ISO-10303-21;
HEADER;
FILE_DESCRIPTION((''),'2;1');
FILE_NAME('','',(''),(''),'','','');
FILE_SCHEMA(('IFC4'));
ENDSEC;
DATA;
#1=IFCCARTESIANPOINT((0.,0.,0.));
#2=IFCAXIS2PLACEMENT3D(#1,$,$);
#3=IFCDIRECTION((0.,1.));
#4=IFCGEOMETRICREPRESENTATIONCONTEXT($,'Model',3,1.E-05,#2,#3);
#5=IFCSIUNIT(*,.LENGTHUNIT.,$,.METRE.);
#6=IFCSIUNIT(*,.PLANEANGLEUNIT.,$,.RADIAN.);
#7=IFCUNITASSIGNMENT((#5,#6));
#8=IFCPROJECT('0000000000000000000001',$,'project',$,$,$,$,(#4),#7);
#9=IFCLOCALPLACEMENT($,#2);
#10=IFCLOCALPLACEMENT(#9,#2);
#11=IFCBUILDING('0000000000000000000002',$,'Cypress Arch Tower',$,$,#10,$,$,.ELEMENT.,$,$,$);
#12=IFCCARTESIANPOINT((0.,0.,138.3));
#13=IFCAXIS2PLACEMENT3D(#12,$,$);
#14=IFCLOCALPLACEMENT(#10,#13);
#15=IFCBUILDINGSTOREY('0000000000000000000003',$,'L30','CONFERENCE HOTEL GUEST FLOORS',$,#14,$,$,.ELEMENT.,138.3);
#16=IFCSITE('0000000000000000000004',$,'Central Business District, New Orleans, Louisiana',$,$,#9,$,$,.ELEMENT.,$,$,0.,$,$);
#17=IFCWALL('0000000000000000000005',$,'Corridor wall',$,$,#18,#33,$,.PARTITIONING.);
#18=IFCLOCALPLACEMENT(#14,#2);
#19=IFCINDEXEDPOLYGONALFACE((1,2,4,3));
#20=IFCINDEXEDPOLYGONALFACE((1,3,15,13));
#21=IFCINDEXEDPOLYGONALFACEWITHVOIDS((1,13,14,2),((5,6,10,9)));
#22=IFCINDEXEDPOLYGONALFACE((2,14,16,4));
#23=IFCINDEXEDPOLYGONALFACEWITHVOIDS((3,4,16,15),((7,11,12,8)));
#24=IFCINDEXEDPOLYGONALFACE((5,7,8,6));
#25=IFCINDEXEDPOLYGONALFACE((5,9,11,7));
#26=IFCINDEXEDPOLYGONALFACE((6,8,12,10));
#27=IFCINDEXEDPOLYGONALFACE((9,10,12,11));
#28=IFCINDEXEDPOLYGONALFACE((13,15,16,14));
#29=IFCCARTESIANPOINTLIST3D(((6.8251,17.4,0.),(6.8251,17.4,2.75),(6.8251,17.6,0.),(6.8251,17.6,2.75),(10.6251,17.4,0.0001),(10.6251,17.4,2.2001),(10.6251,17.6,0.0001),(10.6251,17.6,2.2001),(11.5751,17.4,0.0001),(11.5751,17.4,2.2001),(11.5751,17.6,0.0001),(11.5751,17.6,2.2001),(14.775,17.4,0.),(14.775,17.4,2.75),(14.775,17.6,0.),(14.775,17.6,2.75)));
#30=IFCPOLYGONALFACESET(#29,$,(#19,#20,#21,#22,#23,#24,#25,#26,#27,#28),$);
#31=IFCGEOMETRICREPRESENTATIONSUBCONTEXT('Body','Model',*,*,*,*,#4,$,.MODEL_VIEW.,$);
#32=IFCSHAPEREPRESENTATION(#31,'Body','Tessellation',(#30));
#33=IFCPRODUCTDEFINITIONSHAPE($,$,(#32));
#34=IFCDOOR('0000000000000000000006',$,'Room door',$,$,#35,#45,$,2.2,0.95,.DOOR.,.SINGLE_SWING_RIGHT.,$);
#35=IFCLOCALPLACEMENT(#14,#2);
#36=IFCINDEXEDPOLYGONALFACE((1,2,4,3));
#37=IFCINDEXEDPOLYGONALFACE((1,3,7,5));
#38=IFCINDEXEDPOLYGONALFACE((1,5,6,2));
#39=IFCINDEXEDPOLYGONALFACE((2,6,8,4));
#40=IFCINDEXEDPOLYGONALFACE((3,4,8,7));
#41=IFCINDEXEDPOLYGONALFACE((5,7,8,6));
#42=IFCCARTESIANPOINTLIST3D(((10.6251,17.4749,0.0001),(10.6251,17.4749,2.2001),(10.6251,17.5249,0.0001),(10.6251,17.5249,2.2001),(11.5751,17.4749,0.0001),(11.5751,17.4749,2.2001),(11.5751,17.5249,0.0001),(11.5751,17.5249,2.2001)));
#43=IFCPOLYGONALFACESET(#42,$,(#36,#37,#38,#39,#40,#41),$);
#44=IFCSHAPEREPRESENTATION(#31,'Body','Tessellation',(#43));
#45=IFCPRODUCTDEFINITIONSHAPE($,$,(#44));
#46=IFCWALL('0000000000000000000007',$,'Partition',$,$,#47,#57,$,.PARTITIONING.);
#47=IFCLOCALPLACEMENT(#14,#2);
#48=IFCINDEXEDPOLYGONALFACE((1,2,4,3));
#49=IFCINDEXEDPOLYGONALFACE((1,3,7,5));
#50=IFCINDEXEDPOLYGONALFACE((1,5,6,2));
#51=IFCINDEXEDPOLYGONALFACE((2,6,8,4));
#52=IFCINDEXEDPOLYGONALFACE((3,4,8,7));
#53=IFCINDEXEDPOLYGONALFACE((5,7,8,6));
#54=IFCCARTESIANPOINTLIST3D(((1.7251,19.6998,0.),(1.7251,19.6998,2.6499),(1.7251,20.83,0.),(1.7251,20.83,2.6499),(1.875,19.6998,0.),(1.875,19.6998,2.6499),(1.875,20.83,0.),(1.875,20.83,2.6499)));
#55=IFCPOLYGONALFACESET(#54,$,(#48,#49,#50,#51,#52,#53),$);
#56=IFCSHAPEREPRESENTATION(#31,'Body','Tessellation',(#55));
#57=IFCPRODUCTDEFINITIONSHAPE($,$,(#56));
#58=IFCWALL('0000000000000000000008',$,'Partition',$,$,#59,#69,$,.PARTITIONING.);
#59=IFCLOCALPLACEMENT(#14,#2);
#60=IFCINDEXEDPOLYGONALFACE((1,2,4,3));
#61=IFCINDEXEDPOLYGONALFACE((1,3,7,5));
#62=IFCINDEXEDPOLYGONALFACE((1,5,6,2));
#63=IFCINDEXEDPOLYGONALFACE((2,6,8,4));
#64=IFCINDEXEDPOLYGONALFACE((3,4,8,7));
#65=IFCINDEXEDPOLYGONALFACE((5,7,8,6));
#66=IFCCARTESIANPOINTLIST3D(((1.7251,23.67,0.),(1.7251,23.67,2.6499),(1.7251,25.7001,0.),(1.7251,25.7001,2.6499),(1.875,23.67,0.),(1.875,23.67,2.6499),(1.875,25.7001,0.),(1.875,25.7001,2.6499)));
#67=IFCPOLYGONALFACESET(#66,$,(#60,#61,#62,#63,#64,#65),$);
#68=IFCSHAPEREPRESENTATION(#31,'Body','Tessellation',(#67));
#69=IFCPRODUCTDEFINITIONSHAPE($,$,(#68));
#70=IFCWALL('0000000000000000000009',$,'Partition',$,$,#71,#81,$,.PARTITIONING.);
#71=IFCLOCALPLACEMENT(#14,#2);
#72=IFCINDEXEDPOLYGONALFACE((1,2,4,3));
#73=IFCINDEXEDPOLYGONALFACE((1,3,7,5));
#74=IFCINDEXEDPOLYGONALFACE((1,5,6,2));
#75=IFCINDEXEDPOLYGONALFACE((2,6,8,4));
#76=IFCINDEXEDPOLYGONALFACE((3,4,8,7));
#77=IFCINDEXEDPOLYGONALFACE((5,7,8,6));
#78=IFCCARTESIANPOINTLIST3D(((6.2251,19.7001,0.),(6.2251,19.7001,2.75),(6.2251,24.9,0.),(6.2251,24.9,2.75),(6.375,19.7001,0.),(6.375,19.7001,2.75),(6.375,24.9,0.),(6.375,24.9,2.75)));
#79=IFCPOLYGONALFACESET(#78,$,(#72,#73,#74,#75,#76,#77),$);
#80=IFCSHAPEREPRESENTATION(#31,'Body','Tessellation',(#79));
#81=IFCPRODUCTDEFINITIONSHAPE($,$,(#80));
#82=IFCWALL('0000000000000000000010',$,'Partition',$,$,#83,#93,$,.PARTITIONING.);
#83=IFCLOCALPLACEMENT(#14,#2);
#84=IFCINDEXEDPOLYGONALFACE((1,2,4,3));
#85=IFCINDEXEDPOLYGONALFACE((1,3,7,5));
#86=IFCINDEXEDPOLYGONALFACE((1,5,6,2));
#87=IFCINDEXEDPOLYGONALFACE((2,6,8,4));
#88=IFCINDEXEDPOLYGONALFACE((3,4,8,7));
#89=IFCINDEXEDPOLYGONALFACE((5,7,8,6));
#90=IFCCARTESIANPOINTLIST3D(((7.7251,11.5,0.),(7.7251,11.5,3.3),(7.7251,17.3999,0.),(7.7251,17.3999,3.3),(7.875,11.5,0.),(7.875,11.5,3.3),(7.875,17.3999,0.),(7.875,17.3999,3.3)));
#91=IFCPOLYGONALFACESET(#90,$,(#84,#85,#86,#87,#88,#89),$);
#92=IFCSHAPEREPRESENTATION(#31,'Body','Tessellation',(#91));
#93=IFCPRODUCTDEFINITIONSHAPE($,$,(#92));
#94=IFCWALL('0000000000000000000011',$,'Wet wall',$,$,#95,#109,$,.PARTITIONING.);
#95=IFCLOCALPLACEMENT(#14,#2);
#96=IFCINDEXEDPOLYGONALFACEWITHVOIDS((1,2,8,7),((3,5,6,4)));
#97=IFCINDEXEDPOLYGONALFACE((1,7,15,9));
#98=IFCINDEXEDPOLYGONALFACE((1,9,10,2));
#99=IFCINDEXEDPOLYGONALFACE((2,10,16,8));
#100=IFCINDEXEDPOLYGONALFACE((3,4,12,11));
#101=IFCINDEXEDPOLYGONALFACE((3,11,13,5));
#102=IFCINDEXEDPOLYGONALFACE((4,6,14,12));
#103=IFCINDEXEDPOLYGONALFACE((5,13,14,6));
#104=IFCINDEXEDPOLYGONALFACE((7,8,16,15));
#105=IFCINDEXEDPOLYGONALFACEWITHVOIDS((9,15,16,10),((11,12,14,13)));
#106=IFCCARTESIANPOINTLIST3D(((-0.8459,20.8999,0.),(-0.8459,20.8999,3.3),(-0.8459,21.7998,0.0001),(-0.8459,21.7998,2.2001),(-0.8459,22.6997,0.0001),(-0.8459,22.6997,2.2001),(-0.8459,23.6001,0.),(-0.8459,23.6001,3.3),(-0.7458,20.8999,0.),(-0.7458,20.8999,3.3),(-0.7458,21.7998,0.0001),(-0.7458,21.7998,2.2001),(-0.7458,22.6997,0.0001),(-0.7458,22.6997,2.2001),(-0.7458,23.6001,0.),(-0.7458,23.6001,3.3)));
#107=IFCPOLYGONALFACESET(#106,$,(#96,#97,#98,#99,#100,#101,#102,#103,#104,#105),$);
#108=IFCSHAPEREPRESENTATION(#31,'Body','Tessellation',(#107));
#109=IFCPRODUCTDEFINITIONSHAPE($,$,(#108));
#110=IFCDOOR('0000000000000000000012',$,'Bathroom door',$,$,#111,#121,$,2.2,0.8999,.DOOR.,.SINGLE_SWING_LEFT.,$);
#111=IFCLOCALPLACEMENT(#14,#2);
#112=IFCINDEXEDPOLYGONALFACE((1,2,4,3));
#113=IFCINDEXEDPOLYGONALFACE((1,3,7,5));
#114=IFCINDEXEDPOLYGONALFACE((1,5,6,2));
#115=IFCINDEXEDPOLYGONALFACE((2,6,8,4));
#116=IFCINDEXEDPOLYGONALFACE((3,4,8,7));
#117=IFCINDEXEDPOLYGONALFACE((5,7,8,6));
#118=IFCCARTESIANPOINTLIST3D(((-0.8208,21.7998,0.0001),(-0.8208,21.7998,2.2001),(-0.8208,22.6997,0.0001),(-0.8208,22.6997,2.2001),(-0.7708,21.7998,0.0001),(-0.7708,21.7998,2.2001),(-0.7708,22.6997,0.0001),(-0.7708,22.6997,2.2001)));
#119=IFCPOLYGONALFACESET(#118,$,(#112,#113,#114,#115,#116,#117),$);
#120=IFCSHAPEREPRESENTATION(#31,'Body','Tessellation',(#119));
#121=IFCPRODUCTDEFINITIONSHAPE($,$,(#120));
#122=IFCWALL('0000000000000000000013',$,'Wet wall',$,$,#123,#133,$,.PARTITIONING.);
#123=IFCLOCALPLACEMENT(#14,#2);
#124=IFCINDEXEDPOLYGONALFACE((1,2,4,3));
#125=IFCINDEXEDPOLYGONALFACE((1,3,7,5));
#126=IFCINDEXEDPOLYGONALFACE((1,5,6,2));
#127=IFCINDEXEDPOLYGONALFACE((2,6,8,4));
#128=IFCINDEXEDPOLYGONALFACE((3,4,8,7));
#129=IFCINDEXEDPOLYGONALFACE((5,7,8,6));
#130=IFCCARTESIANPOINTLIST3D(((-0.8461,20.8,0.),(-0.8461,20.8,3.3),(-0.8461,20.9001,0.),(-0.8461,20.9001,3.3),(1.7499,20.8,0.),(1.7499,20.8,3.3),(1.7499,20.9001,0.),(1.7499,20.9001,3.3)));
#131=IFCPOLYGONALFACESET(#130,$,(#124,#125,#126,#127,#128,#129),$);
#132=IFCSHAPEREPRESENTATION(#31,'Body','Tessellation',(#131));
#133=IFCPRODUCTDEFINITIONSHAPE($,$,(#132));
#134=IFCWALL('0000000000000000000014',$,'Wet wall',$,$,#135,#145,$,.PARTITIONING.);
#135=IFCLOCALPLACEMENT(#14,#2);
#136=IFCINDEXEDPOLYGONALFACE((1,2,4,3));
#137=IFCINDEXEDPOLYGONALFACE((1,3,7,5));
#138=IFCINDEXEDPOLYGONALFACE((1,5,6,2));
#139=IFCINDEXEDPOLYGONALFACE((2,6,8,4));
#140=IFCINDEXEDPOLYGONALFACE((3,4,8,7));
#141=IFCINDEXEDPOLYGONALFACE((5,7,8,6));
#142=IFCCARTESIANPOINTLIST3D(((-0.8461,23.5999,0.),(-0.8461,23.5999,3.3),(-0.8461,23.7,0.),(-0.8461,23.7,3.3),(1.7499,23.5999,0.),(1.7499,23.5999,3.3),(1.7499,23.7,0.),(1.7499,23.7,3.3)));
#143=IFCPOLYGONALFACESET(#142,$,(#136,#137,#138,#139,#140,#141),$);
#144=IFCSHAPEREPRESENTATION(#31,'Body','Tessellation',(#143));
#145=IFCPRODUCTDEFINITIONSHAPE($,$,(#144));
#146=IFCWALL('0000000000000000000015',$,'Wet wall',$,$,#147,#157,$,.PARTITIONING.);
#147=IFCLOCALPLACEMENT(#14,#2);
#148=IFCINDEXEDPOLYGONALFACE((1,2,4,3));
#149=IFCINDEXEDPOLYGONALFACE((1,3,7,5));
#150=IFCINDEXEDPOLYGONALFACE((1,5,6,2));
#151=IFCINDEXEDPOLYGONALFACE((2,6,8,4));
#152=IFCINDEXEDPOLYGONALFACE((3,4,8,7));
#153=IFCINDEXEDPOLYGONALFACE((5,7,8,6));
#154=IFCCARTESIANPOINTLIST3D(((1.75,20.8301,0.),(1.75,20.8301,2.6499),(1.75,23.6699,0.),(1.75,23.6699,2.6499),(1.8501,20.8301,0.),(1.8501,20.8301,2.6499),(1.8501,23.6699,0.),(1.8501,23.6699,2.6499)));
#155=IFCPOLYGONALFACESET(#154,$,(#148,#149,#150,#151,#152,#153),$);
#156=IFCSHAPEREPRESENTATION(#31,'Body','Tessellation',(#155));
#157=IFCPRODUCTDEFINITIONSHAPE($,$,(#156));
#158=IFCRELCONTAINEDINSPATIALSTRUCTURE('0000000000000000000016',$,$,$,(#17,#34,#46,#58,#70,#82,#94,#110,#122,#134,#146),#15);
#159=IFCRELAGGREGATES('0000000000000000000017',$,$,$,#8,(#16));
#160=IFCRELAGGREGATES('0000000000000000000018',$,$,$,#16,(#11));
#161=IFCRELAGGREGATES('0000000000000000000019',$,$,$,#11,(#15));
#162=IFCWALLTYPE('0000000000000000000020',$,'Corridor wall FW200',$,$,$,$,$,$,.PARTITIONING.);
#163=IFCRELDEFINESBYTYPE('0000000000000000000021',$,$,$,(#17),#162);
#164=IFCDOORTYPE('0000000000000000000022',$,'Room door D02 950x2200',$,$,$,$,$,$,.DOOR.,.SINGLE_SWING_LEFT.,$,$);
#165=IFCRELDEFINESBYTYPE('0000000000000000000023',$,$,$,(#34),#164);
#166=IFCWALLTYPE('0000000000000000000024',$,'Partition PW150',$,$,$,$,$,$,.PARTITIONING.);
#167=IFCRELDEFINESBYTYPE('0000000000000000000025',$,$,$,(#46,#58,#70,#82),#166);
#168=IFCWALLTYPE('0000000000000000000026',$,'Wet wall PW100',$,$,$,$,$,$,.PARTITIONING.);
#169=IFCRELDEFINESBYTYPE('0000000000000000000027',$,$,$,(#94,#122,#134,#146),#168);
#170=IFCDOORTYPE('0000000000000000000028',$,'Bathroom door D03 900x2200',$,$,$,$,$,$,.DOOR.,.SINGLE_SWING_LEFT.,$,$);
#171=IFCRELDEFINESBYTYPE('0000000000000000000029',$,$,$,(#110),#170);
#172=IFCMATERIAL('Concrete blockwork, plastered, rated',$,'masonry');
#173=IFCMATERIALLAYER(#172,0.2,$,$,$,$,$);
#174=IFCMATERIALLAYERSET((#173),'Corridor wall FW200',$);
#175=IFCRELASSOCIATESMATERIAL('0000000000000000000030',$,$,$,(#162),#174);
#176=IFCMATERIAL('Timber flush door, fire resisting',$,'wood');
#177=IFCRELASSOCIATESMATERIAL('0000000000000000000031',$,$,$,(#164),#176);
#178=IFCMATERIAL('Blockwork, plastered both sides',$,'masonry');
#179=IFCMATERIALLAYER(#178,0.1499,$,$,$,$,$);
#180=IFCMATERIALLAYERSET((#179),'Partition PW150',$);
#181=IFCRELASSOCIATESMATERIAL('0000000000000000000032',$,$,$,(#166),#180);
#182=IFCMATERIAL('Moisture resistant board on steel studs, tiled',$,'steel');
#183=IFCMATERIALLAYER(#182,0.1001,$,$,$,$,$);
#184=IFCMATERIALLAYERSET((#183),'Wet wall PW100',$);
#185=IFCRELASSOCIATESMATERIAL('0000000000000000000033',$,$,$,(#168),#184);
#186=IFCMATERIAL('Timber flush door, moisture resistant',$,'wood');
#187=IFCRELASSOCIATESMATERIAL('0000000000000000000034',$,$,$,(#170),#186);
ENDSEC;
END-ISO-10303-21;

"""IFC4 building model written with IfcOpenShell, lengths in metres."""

from ifc_helpers import new_model, si_unit, direction, frame, frame_2d, origin, place, context, subcontext, project, spatial, rectangle, extrude, material, layer, layer_set, type_object, element, fill, save


model = new_model("IFC4")

# Units and contexts
model_context = context("Model", 3, precision=1e-05, world=origin(), true_north=direction((0.0, 1.0)))
body_context = subcontext(model_context, "Body", "Model", "MODEL_VIEW")
ifc_project = project(units=[si_unit("LENGTHUNIT", "METRE"), si_unit("PLANEANGLEUNIT", "RADIAN")], contexts=[model_context])

# Site, building, storey
site_placement = place(None, origin())
site = spatial("IfcSite", under=ifc_project, at=site_placement, Name="Central Business District, New Orleans, Louisiana", CompositionType="ELEMENT", RefElevation=0.0)
building_placement = place(site_placement, origin())
building = spatial("IfcBuilding", under=site, at=building_placement, Name="Cypress Arch Tower", CompositionType="ELEMENT")
storey_placement = place(building_placement, frame((0.0, 0.0, 138.3)))
storey = spatial("IfcBuildingStorey", under=building, at=storey_placement, Name="L30", Description="CONFERENCE HOTEL GUEST FLOORS", CompositionType="ELEMENT", Elevation=138.3)

# Shared definitions
ifc_material_1 = material(Name="Concrete blockwork, plastered, rated", Category="masonry")
ifc_layer_1 = layer(ifc_material_1, 0.2)
ifc_layer_set_1 = layer_set([ifc_layer_1], Name="Corridor wall FW200")
wall_type_1 = type_object("IfcWallType", Name="Corridor wall FW200", PredefinedType="PARTITIONING", material=ifc_layer_set_1)

# Wall, opening, door
wall_1_placement = place(storey_placement, frame((6.825, 17.5, 0.0), z_axis=(0.0, 0.0, 1.0), x_axis=(1.0, 0.0, 0.0)))
wall_1 = element("IfcWall", 1, at=wall_1_placement, inside=storey, type_object=wall_type_1, Name="Corridor wall", PredefinedType="PARTITIONING", context=body_context, shape_type="SweptSolid", body=[
    extrude(rectangle(XDim=7.95, YDim=0.2, at=frame_2d((3.9751, 0.0))), origin(), (0.0, 0.0, 1.0), 2.75),
])
opening_1_placement = place(wall_1_placement, frame((3.8, 0.0, 0.0)))
opening_1 = element("IfcOpeningElement", 2, at=opening_1_placement, cuts=wall_1, PredefinedType="OPENING", context=body_context, shape_type="SweptSolid", body=[
    extrude(rectangle(XDim=0.95, YDim=2.2, at=frame_2d((0.4751, 1.1001))), frame((0.0, 0.1099, 0.0), z_axis=(0.0, -1.0, 0.0), x_axis=(1.0, 0.0, 0.0)), (0.0, 0.0, 1.0), 0.22),
])
ifc_material_2 = material(Name="Timber flush door, fire resisting", Category="wood")
door_type_1 = type_object("IfcDoorType", Name="Room door D02 950x2200", OperationType="SINGLE_SWING_LEFT", PredefinedType="DOOR", material=ifc_material_2)
door_1_placement = place(opening_1_placement, origin())
door_1 = element("IfcDoor", 3, at=door_1_placement, inside=storey, type_object=door_type_1, Name="Room door", OperationType="SINGLE_SWING_RIGHT", OverallHeight=2.2, OverallWidth=0.95, PredefinedType="DOOR", context=body_context, shape_type="SweptSolid", body=[
    extrude(rectangle(XDim=0.95, YDim=2.2, at=frame_2d((0.4751, 1.1001))), frame((0.0, 0.0249, 0.0), z_axis=(0.0, -1.0, 0.0), x_axis=(1.0, 0.0, 0.0)), (0.0, 0.0, 1.0), 0.05),
])
fill(opening_1, door_1)

# Walls
ifc_material_3 = material(Name="Blockwork, plastered both sides", Category="masonry")
ifc_layer_2 = layer(ifc_material_3, 0.1499)
ifc_layer_set_2 = layer_set([ifc_layer_2], Name="Partition PW150")
wall_type_2 = type_object("IfcWallType", Name="Partition PW150", PredefinedType="PARTITIONING", material=ifc_layer_set_2)
wall_2_placement = place(storey_placement, frame((1.8, 19.7, 0.0), z_axis=(0.0, 0.0, 1.0), x_axis=(0.0, 1.0, 0.0)))
element("IfcWall", 4, at=wall_2_placement, inside=storey, type_object=wall_type_2, Name="Partition", PredefinedType="PARTITIONING", context=body_context, shape_type="SweptSolid", body=[
    extrude(rectangle(XDim=1.1301, YDim=0.1499, at=frame_2d((0.5649, 0.0))), origin(), (0.0, 0.0, 1.0), 2.6499),
])
wall_3_placement = place(storey_placement, frame((1.8, 23.6699, 0.0), z_axis=(0.0, 0.0, 1.0), x_axis=(0.0, 1.0, 0.0)))
element("IfcWall", 5, at=wall_3_placement, inside=storey, type_object=wall_type_2, Name="Partition", PredefinedType="PARTITIONING", context=body_context, shape_type="SweptSolid", body=[
    extrude(rectangle(XDim=2.03, YDim=0.1499, at=frame_2d((1.0151, 0.0))), origin(), (0.0, 0.0, 1.0), 2.6499),
])
wall_4_placement = place(storey_placement, frame((6.3, 19.7, 0.0), z_axis=(0.0, 0.0, 1.0), x_axis=(0.0, 1.0, 0.0)))
element("IfcWall", 6, at=wall_4_placement, inside=storey, type_object=wall_type_2, Name="Partition", PredefinedType="PARTITIONING", context=body_context, shape_type="SweptSolid", body=[
    extrude(rectangle(XDim=5.2, YDim=0.1499, at=frame_2d((2.6001, 0.0))), origin(), (0.0, 0.0, 1.0), 2.75),
])
wall_5_placement = place(storey_placement, frame((7.8, 11.5, 0.0), z_axis=(0.0, 0.0, 1.0), x_axis=(0.0, 1.0, 0.0)))
element("IfcWall", 7, at=wall_5_placement, inside=storey, type_object=wall_type_2, Name="Partition", PredefinedType="PARTITIONING", context=body_context, shape_type="SweptSolid", body=[
    extrude(rectangle(XDim=5.8999, YDim=0.1499, at=frame_2d((2.95, 0.0))), origin(), (0.0, 0.0, 1.0), 3.3),
])

# Wall, opening, door
ifc_material_4 = material(Name="Moisture resistant board on steel studs, tiled", Category="steel")
ifc_layer_3 = layer(ifc_material_4, 0.1001)
ifc_layer_set_3 = layer_set([ifc_layer_3], Name="Wet wall PW100")
wall_type_3 = type_object("IfcWallType", Name="Wet wall PW100", PredefinedType="PARTITIONING", material=ifc_layer_set_3)
wall_6_placement = place(storey_placement, frame((-0.7959, 20.8999, 0.0), z_axis=(0.0, 0.0, 1.0), x_axis=(0.0, 1.0, 0.0)))
wall_6 = element("IfcWall", 8, at=wall_6_placement, inside=storey, type_object=wall_type_3, Name="Wet wall", PredefinedType="PARTITIONING", context=body_context, shape_type="SweptSolid", body=[
    extrude(rectangle(XDim=2.7002, YDim=0.1001, at=frame_2d((1.3501, 0.0))), origin(), (0.0, 0.0, 1.0), 3.3),
])
opening_2_placement = place(wall_6_placement, frame((0.8999, 0.0, 0.0)))
opening_2 = element("IfcOpeningElement", 9, at=opening_2_placement, cuts=wall_6, PredefinedType="OPENING", context=body_context, shape_type="SweptSolid", body=[
    extrude(rectangle(XDim=0.8999, YDim=2.2, at=frame_2d((0.45, 1.1001))), frame((0.0, 0.0601, 0.0), z_axis=(0.0, -1.0, 0.0), x_axis=(1.0, 0.0, 0.0)), (0.0, 0.0, 1.0), 0.1201),
])
ifc_material_5 = material(Name="Timber flush door, moisture resistant", Category="wood")
door_type_2 = type_object("IfcDoorType", Name="Bathroom door D03 900x2200", OperationType="SINGLE_SWING_LEFT", PredefinedType="DOOR", material=ifc_material_5)
door_2_placement = place(opening_2_placement, origin())
door_2 = element("IfcDoor", 10, at=door_2_placement, inside=storey, type_object=door_type_2, Name="Bathroom door", OperationType="SINGLE_SWING_LEFT", OverallHeight=2.2, OverallWidth=0.8999, PredefinedType="DOOR", context=body_context, shape_type="SweptSolid", body=[
    extrude(rectangle(XDim=0.8999, YDim=2.2, at=frame_2d((0.45, 1.1001))), frame((0.0, 0.0249, 0.0), z_axis=(0.0, -1.0, 0.0), x_axis=(1.0, 0.0, 0.0)), (0.0, 0.0, 1.0), 0.05),
])
fill(opening_2, door_2)

# Walls
for number, where, z_axis, x_axis, name in (
    (11, (-0.8459, 20.8501, 0.0), (0.0, 0.0, 1.0), (1.0, 0.0, 0.0), "Wet wall"),
    (12, (-0.8459, 23.6499, 0.0), (0.0, 0.0, 1.0), (1.0, 0.0, 0.0), "Wet wall"),
):
    element("IfcWall", number, at=place(storey_placement, frame(where, z_axis=z_axis, x_axis=x_axis)), inside=storey, type_object=wall_type_3, Name=name, PredefinedType="PARTITIONING", context=body_context, shape_type="SweptSolid", body=[
        extrude(rectangle(XDim=2.5959, YDim=0.1001, at=frame_2d((1.2979, 0.0))), origin(), (0.0, 0.0, 1.0), 3.3),
    ])
wall_7_placement = place(storey_placement, frame((1.8, 20.8301, 0.0), z_axis=(0.0, 0.0, 1.0), x_axis=(0.0, 1.0, 0.0)))
element("IfcWall", 13, at=wall_7_placement, inside=storey, type_object=wall_type_3, Name="Wet wall", PredefinedType="PARTITIONING", context=body_context, shape_type="SweptSolid", body=[
    extrude(rectangle(XDim=2.8398, YDim=0.1001, at=frame_2d((1.4199, 0.0))), origin(), (0.0, 0.0, 1.0), 2.6499),
])

save(model, "model.ifc")
